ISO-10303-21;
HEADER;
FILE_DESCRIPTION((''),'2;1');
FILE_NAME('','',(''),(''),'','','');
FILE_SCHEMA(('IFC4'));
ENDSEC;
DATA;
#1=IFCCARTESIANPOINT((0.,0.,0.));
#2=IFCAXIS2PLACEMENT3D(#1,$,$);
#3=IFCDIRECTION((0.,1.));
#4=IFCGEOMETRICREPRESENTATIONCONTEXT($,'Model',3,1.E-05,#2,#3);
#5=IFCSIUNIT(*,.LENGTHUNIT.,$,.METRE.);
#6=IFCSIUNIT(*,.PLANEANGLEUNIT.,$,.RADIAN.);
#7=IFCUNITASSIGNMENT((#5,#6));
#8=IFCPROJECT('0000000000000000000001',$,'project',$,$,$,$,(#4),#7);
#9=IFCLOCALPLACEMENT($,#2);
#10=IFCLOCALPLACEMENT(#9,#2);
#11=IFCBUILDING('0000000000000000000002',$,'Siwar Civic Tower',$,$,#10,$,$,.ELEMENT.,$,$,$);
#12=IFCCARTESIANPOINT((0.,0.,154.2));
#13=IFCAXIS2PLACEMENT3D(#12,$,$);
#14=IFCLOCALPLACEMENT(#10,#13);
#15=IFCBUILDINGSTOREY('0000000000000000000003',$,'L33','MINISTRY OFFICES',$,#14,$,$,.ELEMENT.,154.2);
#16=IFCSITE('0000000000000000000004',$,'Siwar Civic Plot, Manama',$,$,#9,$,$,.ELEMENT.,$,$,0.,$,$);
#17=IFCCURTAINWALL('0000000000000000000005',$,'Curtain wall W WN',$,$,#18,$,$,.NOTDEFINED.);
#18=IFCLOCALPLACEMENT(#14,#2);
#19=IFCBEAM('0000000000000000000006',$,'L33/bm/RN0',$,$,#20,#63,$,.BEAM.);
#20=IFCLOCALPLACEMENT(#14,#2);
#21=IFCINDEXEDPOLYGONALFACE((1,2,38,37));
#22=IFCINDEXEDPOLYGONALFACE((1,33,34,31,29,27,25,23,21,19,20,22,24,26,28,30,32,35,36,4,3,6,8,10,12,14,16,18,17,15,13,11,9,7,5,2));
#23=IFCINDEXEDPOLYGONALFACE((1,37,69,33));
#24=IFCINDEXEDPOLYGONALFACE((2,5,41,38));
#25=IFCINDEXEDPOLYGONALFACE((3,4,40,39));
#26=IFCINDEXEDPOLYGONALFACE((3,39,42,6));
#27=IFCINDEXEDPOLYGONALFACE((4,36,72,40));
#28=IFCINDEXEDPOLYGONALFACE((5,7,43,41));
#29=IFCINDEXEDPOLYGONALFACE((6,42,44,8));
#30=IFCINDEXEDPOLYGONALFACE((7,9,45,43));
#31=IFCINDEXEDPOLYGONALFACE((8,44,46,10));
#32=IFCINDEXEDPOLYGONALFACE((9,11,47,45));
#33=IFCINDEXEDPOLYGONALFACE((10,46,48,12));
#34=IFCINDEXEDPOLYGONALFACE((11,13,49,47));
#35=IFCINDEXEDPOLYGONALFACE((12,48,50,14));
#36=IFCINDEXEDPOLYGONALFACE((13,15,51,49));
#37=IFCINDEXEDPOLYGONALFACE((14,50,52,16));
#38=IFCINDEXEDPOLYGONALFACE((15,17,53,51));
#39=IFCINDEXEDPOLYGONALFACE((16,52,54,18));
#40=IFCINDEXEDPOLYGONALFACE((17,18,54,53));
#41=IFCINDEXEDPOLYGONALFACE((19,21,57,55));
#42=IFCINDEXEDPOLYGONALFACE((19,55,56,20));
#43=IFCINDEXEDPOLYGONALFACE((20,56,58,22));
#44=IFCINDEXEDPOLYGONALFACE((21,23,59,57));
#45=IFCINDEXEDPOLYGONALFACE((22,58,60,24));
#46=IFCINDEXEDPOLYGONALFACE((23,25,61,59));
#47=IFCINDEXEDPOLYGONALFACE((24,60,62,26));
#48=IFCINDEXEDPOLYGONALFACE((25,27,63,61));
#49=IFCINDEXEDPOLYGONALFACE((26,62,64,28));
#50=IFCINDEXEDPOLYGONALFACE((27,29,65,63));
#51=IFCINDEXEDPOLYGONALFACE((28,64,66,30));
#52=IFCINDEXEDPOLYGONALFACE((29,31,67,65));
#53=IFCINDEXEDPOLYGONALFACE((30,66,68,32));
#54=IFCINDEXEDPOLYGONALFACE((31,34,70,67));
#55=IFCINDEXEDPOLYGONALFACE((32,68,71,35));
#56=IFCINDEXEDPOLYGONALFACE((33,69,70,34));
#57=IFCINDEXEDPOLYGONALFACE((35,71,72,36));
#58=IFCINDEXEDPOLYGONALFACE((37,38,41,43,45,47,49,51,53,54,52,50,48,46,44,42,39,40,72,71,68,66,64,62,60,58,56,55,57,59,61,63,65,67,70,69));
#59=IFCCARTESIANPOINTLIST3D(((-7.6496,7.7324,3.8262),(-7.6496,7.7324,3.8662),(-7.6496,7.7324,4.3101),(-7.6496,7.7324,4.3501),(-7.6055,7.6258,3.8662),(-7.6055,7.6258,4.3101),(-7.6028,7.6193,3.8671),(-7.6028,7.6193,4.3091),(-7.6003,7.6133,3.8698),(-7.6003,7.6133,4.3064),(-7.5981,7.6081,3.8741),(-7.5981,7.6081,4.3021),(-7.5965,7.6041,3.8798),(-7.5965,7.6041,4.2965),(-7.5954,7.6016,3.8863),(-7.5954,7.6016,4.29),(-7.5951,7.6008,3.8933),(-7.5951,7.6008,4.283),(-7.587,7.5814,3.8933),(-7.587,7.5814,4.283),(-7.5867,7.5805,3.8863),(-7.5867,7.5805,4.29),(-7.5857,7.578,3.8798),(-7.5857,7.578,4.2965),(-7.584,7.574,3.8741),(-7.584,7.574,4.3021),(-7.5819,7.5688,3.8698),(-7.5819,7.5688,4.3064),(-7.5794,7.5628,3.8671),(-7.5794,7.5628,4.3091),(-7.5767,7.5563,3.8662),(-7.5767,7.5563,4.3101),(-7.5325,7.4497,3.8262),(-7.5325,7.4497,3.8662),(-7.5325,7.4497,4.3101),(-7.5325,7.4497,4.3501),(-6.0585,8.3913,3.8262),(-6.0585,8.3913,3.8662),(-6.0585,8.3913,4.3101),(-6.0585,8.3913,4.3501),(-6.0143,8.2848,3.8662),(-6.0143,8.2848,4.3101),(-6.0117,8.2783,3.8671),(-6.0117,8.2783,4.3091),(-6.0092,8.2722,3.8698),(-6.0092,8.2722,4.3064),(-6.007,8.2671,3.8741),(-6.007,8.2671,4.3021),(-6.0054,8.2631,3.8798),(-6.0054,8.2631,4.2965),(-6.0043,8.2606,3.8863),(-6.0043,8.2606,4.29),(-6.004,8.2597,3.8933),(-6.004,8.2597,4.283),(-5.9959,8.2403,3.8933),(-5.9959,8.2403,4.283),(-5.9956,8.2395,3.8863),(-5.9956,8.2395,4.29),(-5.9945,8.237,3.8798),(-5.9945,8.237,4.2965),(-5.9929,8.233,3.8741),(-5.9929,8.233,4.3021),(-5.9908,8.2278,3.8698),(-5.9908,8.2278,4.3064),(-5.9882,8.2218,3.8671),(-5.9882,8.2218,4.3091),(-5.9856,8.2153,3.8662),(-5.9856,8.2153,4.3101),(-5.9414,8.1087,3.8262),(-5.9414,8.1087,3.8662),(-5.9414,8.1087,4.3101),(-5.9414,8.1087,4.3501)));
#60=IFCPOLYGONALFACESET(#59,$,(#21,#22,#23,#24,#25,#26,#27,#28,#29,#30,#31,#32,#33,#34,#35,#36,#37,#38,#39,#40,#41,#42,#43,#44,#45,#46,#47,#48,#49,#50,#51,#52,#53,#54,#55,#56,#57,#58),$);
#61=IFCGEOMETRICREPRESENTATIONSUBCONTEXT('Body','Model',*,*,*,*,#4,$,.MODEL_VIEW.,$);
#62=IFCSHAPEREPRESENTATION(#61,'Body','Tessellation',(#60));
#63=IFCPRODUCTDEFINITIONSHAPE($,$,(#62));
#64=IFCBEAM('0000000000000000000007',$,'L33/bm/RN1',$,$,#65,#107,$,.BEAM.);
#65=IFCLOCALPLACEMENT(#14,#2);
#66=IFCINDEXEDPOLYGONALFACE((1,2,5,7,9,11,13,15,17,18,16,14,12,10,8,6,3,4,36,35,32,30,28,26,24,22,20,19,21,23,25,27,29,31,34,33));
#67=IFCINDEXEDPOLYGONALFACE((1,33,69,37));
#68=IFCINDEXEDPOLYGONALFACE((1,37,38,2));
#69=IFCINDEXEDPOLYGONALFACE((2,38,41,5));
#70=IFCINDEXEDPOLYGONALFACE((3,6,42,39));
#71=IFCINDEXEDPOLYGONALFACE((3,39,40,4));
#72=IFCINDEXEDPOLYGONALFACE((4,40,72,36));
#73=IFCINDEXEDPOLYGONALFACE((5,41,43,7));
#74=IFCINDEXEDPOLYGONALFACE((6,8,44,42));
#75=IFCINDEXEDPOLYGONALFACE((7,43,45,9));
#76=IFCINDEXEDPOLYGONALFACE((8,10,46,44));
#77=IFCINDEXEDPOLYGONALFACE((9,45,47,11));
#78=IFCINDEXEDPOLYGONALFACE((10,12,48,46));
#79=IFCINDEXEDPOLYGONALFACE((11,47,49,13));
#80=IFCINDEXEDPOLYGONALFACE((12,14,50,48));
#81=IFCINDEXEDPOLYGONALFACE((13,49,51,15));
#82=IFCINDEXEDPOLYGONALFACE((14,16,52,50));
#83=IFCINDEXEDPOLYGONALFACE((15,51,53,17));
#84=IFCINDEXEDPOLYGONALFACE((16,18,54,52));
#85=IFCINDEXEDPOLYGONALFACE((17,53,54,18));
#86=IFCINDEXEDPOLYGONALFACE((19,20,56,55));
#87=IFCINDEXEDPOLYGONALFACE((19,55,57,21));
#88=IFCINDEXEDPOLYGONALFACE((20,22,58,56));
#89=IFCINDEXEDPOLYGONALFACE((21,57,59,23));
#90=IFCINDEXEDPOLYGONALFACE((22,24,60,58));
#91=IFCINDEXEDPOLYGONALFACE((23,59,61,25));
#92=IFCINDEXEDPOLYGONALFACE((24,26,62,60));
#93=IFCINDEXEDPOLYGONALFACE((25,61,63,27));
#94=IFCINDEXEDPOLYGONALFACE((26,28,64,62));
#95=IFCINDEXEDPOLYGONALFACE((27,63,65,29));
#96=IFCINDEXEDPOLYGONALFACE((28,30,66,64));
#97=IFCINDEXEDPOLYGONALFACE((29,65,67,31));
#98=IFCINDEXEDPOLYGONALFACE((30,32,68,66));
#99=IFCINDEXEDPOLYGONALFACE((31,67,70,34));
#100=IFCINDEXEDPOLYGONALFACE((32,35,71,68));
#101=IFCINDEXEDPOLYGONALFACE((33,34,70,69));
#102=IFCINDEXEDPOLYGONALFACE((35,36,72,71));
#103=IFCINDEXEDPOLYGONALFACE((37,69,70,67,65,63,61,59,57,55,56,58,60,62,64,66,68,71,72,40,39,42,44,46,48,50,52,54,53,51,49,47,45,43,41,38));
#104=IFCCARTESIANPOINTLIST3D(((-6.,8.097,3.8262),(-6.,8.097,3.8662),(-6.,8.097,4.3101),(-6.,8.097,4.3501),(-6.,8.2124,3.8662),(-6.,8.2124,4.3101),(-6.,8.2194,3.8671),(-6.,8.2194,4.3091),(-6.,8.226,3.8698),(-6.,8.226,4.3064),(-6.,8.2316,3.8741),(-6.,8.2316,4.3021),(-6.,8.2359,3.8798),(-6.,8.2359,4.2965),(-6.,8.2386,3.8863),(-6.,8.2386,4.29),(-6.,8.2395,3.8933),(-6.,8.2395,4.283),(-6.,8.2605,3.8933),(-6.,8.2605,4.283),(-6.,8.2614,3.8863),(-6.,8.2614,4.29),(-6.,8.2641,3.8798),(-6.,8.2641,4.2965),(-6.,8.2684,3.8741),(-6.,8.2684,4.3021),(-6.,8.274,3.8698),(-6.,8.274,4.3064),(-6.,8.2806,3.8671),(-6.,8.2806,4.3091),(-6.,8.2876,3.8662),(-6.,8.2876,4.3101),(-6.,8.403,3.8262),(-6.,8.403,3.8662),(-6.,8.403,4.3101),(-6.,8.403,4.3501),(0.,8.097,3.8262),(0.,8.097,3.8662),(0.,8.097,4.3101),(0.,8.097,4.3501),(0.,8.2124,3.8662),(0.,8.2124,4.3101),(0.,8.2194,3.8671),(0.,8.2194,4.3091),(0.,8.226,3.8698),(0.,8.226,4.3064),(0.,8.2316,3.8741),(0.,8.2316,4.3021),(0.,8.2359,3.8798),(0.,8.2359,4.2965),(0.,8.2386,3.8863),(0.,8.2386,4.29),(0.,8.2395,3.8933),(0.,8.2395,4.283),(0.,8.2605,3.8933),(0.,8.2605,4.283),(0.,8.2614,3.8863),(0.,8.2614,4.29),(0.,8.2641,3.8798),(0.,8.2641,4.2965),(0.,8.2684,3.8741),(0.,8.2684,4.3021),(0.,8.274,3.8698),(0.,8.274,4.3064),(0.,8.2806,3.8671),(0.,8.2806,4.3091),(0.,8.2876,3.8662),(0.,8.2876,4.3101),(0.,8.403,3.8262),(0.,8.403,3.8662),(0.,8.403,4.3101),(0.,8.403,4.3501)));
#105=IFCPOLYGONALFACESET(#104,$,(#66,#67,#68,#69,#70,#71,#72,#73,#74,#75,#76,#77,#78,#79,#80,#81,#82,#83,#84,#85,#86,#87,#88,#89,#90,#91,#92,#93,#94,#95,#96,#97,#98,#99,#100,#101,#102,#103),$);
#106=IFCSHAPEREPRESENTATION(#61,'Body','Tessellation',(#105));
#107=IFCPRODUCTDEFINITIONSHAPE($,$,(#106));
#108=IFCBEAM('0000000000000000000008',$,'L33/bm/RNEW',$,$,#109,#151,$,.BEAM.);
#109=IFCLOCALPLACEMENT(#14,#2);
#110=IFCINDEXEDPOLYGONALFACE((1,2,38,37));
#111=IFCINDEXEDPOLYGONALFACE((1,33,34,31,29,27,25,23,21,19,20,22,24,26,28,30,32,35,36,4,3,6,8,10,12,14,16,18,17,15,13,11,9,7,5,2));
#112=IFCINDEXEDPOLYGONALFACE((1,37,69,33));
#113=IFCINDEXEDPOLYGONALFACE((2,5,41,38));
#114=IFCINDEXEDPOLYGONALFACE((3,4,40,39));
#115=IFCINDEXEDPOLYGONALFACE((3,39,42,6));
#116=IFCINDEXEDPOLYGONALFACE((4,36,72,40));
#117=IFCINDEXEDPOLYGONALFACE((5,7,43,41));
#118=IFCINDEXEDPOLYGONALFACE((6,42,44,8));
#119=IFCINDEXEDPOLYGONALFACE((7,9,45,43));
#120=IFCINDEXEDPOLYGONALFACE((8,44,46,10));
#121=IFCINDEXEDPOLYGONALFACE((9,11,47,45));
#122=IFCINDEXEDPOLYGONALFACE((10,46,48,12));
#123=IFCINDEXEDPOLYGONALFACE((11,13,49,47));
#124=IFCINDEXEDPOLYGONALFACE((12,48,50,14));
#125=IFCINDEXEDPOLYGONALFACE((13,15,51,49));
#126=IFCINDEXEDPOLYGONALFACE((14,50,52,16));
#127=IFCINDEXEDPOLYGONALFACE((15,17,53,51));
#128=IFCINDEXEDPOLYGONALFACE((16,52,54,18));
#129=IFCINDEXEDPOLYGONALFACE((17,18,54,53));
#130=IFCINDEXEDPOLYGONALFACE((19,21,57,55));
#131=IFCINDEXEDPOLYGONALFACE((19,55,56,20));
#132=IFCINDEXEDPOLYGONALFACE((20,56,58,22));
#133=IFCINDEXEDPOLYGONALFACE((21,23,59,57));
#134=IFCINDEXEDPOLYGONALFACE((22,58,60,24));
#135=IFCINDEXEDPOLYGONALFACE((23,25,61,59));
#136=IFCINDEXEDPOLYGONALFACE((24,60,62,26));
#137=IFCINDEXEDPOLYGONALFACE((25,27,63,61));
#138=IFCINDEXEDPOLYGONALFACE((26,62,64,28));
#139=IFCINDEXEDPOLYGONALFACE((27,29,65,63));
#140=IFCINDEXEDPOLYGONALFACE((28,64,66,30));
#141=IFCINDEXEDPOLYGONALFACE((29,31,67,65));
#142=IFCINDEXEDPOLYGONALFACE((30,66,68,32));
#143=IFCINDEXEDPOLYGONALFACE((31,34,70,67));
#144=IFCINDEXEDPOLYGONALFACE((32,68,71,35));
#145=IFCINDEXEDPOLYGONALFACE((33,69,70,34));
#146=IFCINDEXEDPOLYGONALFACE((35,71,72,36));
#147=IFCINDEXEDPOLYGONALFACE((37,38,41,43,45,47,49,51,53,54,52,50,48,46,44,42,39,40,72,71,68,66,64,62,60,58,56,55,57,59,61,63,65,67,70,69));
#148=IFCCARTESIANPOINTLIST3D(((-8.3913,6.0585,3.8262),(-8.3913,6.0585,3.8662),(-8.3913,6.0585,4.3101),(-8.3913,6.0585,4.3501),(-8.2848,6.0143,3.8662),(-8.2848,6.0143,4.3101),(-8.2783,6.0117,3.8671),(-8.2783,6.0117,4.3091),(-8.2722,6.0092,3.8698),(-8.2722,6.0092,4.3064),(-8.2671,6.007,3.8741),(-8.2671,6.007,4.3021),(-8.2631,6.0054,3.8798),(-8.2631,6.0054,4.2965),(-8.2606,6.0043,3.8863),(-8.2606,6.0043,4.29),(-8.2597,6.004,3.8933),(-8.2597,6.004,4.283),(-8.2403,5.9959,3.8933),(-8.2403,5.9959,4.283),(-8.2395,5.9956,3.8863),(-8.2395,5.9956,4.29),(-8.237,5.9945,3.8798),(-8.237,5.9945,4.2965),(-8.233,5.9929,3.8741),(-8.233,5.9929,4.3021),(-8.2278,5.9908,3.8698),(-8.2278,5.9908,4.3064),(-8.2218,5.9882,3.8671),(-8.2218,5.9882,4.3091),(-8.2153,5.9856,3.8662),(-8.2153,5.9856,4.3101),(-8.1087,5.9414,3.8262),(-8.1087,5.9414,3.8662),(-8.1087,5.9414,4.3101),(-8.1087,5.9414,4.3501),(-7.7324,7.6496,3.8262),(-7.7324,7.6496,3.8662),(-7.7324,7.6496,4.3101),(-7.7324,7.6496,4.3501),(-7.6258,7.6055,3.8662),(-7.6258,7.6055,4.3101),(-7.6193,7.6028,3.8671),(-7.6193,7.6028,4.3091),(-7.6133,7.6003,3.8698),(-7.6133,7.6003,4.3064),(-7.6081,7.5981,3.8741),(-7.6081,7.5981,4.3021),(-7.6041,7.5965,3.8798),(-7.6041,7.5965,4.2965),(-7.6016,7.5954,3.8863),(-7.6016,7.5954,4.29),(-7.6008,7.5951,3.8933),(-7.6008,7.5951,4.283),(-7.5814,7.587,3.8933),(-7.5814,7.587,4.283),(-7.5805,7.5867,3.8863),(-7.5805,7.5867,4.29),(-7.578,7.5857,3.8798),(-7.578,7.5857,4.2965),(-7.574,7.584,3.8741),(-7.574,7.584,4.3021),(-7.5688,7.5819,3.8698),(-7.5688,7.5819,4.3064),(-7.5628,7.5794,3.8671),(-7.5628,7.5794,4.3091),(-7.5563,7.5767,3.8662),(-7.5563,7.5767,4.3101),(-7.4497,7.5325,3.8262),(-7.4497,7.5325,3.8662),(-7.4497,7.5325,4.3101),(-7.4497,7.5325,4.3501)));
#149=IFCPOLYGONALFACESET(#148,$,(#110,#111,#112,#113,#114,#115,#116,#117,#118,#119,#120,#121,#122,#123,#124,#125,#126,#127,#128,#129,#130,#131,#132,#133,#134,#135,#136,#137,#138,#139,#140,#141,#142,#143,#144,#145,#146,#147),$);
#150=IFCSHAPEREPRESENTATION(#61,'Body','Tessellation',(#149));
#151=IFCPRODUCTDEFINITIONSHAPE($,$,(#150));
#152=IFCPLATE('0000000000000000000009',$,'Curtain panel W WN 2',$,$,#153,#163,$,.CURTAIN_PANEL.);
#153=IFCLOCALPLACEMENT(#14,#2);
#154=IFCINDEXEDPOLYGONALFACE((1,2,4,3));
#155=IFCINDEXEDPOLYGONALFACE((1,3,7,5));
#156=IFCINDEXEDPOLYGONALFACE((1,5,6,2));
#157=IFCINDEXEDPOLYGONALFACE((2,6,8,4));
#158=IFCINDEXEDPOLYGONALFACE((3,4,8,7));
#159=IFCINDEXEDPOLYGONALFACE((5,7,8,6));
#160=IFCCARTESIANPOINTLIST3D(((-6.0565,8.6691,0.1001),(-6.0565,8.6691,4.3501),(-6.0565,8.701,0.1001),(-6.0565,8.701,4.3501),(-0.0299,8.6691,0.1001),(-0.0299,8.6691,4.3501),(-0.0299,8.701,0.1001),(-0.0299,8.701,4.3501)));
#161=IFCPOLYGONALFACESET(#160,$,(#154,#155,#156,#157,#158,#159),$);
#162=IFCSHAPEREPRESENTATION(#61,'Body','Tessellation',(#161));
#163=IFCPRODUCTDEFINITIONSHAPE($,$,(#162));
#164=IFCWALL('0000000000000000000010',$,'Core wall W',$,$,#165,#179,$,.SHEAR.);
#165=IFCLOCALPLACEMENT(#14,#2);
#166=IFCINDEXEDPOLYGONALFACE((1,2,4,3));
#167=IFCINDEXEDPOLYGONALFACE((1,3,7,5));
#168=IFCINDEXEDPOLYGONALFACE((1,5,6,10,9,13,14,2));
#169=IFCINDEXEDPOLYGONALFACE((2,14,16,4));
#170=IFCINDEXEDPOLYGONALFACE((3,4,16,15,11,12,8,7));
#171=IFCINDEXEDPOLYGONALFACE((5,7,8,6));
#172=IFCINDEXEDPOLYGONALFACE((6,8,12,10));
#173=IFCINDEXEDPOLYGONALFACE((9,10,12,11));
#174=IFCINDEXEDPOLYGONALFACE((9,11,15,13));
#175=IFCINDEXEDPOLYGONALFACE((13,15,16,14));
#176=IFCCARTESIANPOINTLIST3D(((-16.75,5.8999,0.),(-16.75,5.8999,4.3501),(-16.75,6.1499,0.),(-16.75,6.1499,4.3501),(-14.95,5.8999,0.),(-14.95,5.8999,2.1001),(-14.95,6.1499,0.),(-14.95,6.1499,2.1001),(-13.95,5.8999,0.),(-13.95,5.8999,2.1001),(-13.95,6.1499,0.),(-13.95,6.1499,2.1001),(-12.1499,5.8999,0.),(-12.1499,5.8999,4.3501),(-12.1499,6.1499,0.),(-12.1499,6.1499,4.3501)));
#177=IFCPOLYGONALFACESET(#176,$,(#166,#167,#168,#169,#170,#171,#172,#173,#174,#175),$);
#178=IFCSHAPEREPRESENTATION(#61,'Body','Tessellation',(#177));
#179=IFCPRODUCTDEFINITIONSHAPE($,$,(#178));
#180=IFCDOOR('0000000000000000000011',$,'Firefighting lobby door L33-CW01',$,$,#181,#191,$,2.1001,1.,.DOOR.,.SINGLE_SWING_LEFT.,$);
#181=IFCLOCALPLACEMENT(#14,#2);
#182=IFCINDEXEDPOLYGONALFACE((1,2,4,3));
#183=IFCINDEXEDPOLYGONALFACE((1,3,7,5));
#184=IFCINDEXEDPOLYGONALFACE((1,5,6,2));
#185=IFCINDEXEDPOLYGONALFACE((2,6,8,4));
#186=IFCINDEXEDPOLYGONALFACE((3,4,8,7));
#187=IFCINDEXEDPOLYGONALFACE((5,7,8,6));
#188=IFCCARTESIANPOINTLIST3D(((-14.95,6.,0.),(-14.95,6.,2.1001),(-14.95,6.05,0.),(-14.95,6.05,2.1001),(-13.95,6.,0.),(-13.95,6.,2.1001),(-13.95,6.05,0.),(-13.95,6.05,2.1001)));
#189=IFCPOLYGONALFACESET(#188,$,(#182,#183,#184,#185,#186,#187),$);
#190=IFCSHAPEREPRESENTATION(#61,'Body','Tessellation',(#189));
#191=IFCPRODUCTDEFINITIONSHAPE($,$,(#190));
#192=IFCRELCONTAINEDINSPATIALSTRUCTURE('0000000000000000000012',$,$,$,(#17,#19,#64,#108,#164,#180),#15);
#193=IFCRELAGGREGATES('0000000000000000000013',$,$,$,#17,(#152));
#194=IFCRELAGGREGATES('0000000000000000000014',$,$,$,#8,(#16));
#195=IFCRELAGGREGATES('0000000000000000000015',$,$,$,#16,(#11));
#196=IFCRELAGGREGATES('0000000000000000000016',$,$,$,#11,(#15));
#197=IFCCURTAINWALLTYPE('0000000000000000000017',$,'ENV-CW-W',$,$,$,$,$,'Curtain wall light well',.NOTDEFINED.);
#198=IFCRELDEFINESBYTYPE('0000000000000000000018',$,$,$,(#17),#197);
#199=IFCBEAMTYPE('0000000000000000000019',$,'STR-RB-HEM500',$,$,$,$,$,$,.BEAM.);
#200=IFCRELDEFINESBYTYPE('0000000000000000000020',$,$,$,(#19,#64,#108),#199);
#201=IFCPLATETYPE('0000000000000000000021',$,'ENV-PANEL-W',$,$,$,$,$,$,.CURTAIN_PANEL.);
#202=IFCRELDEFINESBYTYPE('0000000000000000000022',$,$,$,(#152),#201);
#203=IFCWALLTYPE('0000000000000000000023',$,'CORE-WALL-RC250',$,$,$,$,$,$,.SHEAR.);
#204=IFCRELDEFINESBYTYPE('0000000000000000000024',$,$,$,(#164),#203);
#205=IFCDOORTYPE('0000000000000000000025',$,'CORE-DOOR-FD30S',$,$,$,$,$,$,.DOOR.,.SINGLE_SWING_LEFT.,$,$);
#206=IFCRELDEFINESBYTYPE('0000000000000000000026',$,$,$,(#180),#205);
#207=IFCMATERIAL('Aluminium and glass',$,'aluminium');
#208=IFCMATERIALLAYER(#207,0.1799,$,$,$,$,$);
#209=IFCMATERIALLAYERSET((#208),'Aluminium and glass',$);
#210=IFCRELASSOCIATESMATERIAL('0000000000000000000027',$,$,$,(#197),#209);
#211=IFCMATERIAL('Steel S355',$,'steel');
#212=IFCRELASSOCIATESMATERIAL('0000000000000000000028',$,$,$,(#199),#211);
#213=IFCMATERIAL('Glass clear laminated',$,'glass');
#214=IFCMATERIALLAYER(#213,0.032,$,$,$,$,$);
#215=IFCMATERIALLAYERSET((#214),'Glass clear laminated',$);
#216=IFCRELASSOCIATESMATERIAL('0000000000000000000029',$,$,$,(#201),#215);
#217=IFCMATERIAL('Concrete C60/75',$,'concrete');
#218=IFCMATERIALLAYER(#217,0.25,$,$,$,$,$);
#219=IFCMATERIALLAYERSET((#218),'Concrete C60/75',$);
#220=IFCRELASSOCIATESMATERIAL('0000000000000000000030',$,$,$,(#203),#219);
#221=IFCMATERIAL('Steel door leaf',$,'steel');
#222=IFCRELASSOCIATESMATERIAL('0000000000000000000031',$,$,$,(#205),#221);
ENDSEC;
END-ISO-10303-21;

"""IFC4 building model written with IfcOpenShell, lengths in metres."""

from ifc_helpers import new_model, si_unit, direction, frame, frame_2d, origin, origin_2d, place, context, subcontext, project, spatial, rectangle, i_section, extrude, material, layer, layer_set, material_profile, profile_set, type_object, element, fill, aggregate, save


model = new_model("IFC4")

# Units and contexts
model_context = context("Model", 3, precision=1e-05, world=origin(), true_north=direction((0.0, 1.0)))
body_context = subcontext(model_context, "Body", "Model", "MODEL_VIEW")
ifc_project = project(units=[si_unit("LENGTHUNIT", "METRE"), si_unit("PLANEANGLEUNIT", "RADIAN")], contexts=[model_context])

# Site, building, storey
site_placement = place(None, origin())
site = spatial("IfcSite", under=ifc_project, at=site_placement, Name="Siwar Civic Plot, Manama", CompositionType="ELEMENT", RefElevation=0.0)
building_placement = place(site_placement, origin())
building = spatial("IfcBuilding", under=site, at=building_placement, Name="Siwar Civic Tower", CompositionType="ELEMENT")
storey_placement = place(building_placement, frame((0.0, 0.0, 154.2)))
storey = spatial("IfcBuildingStorey", under=building, at=storey_placement, Name="L33", Description="MINISTRY OFFICES", CompositionType="ELEMENT", Elevation=154.2)

# Curtain wall
ifc_material_1 = material(Name="Aluminium and glass", Category="aluminium")
ifc_layer_1 = layer(ifc_material_1, 0.1799)
ifc_layer_set_1 = layer_set([ifc_layer_1], Name="Aluminium and glass")
curtain_wall_type = type_object("IfcCurtainWallType", Name="ENV-CW-W", ElementType="Curtain wall light well", PredefinedType="NOTDEFINED", material=ifc_layer_set_1)
curtain_wall_placement = place(storey_placement, origin())
curtain_wall = element("IfcCurtainWall", 1, at=curtain_wall_placement, inside=storey, type_object=curtain_wall_type, Name="Curtain wall W WN", PredefinedType="NOTDEFINED")

# Beams
ifc_material_2 = material(Name="Steel S355", Category="steel")
ifc_material_profile_1 = material_profile(ifc_material_2, i_section(OverallWidth=0.3059, OverallDepth=0.5239, WebThickness=0.021, FlangeThickness=0.04, FilletRadius=0.0271, at=origin_2d()), Name="HEM500")
ifc_profile_set_1 = profile_set([ifc_material_profile_1], Name="Steel S355")
beam_type_1 = type_object("IfcBeamType", Name="STR-RB-HEM500", PredefinedType="BEAM", material=ifc_profile_set_1)
beam_1_placement = place(storey_placement, frame((-7.5911, 7.5911, 4.0881), z_axis=(0.923901, 0.382631, 0.0), x_axis=(-0.382631, 0.923901, 0.0)))
element("IfcBeam", 2, at=beam_1_placement, inside=storey, type_object=beam_type_1, Name="L33/bm/RN0", PredefinedType="BEAM", context=body_context, shape_type="SweptSolid", body=[
    extrude(i_section(OverallWidth=0.3059, OverallDepth=0.5239, WebThickness=0.021, FlangeThickness=0.04, FilletRadius=0.0271, at=origin_2d()), origin(), (0.0, 0.0, 1.0), 1.7222),
])
beam_2_placement = place(storey_placement, frame((-6.0, 8.25, 4.0881), z_axis=(1.0, 0.0, 0.0), x_axis=(0.0, 1.0, 0.0)))
element("IfcBeam", 3, at=beam_2_placement, inside=storey, type_object=beam_type_1, Name="L33/bm/RN1", PredefinedType="BEAM", context=body_context, shape_type="SweptSolid", body=[
    extrude(i_section(OverallWidth=0.3059, OverallDepth=0.5239, WebThickness=0.021, FlangeThickness=0.04, FilletRadius=0.0271, at=origin_2d()), origin(), (0.0, 0.0, 1.0), 6.0),
])
beam_3_placement = place(storey_placement, frame((-7.5911, 7.5911, 4.0881), z_axis=(-0.382631, -0.923901, 0.0), x_axis=(0.923901, -0.382631, 0.0)))
element("IfcBeam", 4, at=beam_3_placement, inside=storey, type_object=beam_type_1, Name="L33/bm/RNEW", PredefinedType="BEAM", context=body_context, shape_type="SweptSolid", body=[
    extrude(i_section(OverallWidth=0.3059, OverallDepth=0.5239, WebThickness=0.021, FlangeThickness=0.04, FilletRadius=0.0271, at=origin_2d()), origin(), (0.0, 0.0, 1.0), 1.7222),
])

# Plate
ifc_material_3 = material(Name="Glass clear laminated", Category="glass")
ifc_layer_2 = layer(ifc_material_3, 0.032)
ifc_layer_set_2 = layer_set([ifc_layer_2], Name="Glass clear laminated")
plate_type = type_object("IfcPlateType", Name="ENV-PANEL-W", PredefinedType="CURTAIN_PANEL", material=ifc_layer_set_2)
plate_placement = place(storey_placement, frame((-3.0432, 8.6851, 0.1001), z_axis=(0.0, 0.0, 1.0), x_axis=(-1.0, 0.0, 0.0)))
plate = element("IfcPlate", 5, at=plate_placement, type_object=plate_type, Name="Curtain panel W WN 2", PredefinedType="CURTAIN_PANEL", context=body_context, shape_type="SweptSolid", body=[
    extrude(rectangle(XDim=6.0266, YDim=0.032, at=origin_2d()), origin(), (0.0, 0.0, 1.0), 4.25),
])
aggregate(curtain_wall, [plate])

# Wall, opening, door
ifc_material_4 = material(Name="Concrete C60/75", Category="concrete")
ifc_layer_3 = layer(ifc_material_4, 0.25)
ifc_layer_set_3 = layer_set([ifc_layer_3], Name="Concrete C60/75")
wall_type_1 = type_object("IfcWallType", Name="CORE-WALL-RC250", PredefinedType="SHEAR", material=ifc_layer_set_3)
wall_1_placement = place(storey_placement, frame((-12.1499, 6.0249, 0.0), z_axis=(0.0, 0.0, 1.0), x_axis=(-1.0, 0.0, 0.0)))
wall_1 = element("IfcWall", 6, at=wall_1_placement, inside=storey, type_object=wall_type_1, Name="Core wall W", PredefinedType="SHEAR", context=body_context, shape_type="SweptSolid", body=[
    extrude(rectangle(XDim=4.6001, YDim=0.25, at=frame_2d((2.3, 0.0))), origin(), (0.0, 0.0, 1.0), 4.3501),
])
opening_1_placement = place(wall_1_placement, frame((1.8, 0.0, 0.0)))
opening_1 = element("IfcOpeningElement", 7, at=opening_1_placement, cuts=wall_1, PredefinedType="OPENING", context=body_context, shape_type="SweptSolid", body=[
    extrude(rectangle(XDim=1.0, YDim=2.1001, at=frame_2d((0.5, 1.05))), frame((0.0, 0.135, 0.0), z_axis=(0.0, -1.0, 0.0), x_axis=(1.0, 0.0, 0.0)), (0.0, 0.0, 1.0), 0.27),
])
ifc_material_5 = material(Name="Steel door leaf", Category="steel")
door_type_1 = type_object("IfcDoorType", Name="CORE-DOOR-FD30S", OperationType="SINGLE_SWING_LEFT", PredefinedType="DOOR", material=ifc_material_5)
door_1_placement = place(opening_1_placement, origin())
door_1 = element("IfcDoor", 8, at=door_1_placement, inside=storey, type_object=door_type_1, Name="Firefighting lobby door L33-CW01", OperationType="SINGLE_SWING_LEFT", OverallHeight=2.1001, OverallWidth=1.0, PredefinedType="DOOR", context=body_context, shape_type="SweptSolid", body=[
    extrude(rectangle(XDim=1.0, YDim=2.1001, at=frame_2d((0.5, 1.05))), frame((0.0, 0.0249, 0.0), z_axis=(0.0, -1.0, 0.0), x_axis=(1.0, 0.0, 0.0)), (0.0, 0.0, 1.0), 0.05),
])
fill(opening_1, door_1)

save(model, "model.ifc")
